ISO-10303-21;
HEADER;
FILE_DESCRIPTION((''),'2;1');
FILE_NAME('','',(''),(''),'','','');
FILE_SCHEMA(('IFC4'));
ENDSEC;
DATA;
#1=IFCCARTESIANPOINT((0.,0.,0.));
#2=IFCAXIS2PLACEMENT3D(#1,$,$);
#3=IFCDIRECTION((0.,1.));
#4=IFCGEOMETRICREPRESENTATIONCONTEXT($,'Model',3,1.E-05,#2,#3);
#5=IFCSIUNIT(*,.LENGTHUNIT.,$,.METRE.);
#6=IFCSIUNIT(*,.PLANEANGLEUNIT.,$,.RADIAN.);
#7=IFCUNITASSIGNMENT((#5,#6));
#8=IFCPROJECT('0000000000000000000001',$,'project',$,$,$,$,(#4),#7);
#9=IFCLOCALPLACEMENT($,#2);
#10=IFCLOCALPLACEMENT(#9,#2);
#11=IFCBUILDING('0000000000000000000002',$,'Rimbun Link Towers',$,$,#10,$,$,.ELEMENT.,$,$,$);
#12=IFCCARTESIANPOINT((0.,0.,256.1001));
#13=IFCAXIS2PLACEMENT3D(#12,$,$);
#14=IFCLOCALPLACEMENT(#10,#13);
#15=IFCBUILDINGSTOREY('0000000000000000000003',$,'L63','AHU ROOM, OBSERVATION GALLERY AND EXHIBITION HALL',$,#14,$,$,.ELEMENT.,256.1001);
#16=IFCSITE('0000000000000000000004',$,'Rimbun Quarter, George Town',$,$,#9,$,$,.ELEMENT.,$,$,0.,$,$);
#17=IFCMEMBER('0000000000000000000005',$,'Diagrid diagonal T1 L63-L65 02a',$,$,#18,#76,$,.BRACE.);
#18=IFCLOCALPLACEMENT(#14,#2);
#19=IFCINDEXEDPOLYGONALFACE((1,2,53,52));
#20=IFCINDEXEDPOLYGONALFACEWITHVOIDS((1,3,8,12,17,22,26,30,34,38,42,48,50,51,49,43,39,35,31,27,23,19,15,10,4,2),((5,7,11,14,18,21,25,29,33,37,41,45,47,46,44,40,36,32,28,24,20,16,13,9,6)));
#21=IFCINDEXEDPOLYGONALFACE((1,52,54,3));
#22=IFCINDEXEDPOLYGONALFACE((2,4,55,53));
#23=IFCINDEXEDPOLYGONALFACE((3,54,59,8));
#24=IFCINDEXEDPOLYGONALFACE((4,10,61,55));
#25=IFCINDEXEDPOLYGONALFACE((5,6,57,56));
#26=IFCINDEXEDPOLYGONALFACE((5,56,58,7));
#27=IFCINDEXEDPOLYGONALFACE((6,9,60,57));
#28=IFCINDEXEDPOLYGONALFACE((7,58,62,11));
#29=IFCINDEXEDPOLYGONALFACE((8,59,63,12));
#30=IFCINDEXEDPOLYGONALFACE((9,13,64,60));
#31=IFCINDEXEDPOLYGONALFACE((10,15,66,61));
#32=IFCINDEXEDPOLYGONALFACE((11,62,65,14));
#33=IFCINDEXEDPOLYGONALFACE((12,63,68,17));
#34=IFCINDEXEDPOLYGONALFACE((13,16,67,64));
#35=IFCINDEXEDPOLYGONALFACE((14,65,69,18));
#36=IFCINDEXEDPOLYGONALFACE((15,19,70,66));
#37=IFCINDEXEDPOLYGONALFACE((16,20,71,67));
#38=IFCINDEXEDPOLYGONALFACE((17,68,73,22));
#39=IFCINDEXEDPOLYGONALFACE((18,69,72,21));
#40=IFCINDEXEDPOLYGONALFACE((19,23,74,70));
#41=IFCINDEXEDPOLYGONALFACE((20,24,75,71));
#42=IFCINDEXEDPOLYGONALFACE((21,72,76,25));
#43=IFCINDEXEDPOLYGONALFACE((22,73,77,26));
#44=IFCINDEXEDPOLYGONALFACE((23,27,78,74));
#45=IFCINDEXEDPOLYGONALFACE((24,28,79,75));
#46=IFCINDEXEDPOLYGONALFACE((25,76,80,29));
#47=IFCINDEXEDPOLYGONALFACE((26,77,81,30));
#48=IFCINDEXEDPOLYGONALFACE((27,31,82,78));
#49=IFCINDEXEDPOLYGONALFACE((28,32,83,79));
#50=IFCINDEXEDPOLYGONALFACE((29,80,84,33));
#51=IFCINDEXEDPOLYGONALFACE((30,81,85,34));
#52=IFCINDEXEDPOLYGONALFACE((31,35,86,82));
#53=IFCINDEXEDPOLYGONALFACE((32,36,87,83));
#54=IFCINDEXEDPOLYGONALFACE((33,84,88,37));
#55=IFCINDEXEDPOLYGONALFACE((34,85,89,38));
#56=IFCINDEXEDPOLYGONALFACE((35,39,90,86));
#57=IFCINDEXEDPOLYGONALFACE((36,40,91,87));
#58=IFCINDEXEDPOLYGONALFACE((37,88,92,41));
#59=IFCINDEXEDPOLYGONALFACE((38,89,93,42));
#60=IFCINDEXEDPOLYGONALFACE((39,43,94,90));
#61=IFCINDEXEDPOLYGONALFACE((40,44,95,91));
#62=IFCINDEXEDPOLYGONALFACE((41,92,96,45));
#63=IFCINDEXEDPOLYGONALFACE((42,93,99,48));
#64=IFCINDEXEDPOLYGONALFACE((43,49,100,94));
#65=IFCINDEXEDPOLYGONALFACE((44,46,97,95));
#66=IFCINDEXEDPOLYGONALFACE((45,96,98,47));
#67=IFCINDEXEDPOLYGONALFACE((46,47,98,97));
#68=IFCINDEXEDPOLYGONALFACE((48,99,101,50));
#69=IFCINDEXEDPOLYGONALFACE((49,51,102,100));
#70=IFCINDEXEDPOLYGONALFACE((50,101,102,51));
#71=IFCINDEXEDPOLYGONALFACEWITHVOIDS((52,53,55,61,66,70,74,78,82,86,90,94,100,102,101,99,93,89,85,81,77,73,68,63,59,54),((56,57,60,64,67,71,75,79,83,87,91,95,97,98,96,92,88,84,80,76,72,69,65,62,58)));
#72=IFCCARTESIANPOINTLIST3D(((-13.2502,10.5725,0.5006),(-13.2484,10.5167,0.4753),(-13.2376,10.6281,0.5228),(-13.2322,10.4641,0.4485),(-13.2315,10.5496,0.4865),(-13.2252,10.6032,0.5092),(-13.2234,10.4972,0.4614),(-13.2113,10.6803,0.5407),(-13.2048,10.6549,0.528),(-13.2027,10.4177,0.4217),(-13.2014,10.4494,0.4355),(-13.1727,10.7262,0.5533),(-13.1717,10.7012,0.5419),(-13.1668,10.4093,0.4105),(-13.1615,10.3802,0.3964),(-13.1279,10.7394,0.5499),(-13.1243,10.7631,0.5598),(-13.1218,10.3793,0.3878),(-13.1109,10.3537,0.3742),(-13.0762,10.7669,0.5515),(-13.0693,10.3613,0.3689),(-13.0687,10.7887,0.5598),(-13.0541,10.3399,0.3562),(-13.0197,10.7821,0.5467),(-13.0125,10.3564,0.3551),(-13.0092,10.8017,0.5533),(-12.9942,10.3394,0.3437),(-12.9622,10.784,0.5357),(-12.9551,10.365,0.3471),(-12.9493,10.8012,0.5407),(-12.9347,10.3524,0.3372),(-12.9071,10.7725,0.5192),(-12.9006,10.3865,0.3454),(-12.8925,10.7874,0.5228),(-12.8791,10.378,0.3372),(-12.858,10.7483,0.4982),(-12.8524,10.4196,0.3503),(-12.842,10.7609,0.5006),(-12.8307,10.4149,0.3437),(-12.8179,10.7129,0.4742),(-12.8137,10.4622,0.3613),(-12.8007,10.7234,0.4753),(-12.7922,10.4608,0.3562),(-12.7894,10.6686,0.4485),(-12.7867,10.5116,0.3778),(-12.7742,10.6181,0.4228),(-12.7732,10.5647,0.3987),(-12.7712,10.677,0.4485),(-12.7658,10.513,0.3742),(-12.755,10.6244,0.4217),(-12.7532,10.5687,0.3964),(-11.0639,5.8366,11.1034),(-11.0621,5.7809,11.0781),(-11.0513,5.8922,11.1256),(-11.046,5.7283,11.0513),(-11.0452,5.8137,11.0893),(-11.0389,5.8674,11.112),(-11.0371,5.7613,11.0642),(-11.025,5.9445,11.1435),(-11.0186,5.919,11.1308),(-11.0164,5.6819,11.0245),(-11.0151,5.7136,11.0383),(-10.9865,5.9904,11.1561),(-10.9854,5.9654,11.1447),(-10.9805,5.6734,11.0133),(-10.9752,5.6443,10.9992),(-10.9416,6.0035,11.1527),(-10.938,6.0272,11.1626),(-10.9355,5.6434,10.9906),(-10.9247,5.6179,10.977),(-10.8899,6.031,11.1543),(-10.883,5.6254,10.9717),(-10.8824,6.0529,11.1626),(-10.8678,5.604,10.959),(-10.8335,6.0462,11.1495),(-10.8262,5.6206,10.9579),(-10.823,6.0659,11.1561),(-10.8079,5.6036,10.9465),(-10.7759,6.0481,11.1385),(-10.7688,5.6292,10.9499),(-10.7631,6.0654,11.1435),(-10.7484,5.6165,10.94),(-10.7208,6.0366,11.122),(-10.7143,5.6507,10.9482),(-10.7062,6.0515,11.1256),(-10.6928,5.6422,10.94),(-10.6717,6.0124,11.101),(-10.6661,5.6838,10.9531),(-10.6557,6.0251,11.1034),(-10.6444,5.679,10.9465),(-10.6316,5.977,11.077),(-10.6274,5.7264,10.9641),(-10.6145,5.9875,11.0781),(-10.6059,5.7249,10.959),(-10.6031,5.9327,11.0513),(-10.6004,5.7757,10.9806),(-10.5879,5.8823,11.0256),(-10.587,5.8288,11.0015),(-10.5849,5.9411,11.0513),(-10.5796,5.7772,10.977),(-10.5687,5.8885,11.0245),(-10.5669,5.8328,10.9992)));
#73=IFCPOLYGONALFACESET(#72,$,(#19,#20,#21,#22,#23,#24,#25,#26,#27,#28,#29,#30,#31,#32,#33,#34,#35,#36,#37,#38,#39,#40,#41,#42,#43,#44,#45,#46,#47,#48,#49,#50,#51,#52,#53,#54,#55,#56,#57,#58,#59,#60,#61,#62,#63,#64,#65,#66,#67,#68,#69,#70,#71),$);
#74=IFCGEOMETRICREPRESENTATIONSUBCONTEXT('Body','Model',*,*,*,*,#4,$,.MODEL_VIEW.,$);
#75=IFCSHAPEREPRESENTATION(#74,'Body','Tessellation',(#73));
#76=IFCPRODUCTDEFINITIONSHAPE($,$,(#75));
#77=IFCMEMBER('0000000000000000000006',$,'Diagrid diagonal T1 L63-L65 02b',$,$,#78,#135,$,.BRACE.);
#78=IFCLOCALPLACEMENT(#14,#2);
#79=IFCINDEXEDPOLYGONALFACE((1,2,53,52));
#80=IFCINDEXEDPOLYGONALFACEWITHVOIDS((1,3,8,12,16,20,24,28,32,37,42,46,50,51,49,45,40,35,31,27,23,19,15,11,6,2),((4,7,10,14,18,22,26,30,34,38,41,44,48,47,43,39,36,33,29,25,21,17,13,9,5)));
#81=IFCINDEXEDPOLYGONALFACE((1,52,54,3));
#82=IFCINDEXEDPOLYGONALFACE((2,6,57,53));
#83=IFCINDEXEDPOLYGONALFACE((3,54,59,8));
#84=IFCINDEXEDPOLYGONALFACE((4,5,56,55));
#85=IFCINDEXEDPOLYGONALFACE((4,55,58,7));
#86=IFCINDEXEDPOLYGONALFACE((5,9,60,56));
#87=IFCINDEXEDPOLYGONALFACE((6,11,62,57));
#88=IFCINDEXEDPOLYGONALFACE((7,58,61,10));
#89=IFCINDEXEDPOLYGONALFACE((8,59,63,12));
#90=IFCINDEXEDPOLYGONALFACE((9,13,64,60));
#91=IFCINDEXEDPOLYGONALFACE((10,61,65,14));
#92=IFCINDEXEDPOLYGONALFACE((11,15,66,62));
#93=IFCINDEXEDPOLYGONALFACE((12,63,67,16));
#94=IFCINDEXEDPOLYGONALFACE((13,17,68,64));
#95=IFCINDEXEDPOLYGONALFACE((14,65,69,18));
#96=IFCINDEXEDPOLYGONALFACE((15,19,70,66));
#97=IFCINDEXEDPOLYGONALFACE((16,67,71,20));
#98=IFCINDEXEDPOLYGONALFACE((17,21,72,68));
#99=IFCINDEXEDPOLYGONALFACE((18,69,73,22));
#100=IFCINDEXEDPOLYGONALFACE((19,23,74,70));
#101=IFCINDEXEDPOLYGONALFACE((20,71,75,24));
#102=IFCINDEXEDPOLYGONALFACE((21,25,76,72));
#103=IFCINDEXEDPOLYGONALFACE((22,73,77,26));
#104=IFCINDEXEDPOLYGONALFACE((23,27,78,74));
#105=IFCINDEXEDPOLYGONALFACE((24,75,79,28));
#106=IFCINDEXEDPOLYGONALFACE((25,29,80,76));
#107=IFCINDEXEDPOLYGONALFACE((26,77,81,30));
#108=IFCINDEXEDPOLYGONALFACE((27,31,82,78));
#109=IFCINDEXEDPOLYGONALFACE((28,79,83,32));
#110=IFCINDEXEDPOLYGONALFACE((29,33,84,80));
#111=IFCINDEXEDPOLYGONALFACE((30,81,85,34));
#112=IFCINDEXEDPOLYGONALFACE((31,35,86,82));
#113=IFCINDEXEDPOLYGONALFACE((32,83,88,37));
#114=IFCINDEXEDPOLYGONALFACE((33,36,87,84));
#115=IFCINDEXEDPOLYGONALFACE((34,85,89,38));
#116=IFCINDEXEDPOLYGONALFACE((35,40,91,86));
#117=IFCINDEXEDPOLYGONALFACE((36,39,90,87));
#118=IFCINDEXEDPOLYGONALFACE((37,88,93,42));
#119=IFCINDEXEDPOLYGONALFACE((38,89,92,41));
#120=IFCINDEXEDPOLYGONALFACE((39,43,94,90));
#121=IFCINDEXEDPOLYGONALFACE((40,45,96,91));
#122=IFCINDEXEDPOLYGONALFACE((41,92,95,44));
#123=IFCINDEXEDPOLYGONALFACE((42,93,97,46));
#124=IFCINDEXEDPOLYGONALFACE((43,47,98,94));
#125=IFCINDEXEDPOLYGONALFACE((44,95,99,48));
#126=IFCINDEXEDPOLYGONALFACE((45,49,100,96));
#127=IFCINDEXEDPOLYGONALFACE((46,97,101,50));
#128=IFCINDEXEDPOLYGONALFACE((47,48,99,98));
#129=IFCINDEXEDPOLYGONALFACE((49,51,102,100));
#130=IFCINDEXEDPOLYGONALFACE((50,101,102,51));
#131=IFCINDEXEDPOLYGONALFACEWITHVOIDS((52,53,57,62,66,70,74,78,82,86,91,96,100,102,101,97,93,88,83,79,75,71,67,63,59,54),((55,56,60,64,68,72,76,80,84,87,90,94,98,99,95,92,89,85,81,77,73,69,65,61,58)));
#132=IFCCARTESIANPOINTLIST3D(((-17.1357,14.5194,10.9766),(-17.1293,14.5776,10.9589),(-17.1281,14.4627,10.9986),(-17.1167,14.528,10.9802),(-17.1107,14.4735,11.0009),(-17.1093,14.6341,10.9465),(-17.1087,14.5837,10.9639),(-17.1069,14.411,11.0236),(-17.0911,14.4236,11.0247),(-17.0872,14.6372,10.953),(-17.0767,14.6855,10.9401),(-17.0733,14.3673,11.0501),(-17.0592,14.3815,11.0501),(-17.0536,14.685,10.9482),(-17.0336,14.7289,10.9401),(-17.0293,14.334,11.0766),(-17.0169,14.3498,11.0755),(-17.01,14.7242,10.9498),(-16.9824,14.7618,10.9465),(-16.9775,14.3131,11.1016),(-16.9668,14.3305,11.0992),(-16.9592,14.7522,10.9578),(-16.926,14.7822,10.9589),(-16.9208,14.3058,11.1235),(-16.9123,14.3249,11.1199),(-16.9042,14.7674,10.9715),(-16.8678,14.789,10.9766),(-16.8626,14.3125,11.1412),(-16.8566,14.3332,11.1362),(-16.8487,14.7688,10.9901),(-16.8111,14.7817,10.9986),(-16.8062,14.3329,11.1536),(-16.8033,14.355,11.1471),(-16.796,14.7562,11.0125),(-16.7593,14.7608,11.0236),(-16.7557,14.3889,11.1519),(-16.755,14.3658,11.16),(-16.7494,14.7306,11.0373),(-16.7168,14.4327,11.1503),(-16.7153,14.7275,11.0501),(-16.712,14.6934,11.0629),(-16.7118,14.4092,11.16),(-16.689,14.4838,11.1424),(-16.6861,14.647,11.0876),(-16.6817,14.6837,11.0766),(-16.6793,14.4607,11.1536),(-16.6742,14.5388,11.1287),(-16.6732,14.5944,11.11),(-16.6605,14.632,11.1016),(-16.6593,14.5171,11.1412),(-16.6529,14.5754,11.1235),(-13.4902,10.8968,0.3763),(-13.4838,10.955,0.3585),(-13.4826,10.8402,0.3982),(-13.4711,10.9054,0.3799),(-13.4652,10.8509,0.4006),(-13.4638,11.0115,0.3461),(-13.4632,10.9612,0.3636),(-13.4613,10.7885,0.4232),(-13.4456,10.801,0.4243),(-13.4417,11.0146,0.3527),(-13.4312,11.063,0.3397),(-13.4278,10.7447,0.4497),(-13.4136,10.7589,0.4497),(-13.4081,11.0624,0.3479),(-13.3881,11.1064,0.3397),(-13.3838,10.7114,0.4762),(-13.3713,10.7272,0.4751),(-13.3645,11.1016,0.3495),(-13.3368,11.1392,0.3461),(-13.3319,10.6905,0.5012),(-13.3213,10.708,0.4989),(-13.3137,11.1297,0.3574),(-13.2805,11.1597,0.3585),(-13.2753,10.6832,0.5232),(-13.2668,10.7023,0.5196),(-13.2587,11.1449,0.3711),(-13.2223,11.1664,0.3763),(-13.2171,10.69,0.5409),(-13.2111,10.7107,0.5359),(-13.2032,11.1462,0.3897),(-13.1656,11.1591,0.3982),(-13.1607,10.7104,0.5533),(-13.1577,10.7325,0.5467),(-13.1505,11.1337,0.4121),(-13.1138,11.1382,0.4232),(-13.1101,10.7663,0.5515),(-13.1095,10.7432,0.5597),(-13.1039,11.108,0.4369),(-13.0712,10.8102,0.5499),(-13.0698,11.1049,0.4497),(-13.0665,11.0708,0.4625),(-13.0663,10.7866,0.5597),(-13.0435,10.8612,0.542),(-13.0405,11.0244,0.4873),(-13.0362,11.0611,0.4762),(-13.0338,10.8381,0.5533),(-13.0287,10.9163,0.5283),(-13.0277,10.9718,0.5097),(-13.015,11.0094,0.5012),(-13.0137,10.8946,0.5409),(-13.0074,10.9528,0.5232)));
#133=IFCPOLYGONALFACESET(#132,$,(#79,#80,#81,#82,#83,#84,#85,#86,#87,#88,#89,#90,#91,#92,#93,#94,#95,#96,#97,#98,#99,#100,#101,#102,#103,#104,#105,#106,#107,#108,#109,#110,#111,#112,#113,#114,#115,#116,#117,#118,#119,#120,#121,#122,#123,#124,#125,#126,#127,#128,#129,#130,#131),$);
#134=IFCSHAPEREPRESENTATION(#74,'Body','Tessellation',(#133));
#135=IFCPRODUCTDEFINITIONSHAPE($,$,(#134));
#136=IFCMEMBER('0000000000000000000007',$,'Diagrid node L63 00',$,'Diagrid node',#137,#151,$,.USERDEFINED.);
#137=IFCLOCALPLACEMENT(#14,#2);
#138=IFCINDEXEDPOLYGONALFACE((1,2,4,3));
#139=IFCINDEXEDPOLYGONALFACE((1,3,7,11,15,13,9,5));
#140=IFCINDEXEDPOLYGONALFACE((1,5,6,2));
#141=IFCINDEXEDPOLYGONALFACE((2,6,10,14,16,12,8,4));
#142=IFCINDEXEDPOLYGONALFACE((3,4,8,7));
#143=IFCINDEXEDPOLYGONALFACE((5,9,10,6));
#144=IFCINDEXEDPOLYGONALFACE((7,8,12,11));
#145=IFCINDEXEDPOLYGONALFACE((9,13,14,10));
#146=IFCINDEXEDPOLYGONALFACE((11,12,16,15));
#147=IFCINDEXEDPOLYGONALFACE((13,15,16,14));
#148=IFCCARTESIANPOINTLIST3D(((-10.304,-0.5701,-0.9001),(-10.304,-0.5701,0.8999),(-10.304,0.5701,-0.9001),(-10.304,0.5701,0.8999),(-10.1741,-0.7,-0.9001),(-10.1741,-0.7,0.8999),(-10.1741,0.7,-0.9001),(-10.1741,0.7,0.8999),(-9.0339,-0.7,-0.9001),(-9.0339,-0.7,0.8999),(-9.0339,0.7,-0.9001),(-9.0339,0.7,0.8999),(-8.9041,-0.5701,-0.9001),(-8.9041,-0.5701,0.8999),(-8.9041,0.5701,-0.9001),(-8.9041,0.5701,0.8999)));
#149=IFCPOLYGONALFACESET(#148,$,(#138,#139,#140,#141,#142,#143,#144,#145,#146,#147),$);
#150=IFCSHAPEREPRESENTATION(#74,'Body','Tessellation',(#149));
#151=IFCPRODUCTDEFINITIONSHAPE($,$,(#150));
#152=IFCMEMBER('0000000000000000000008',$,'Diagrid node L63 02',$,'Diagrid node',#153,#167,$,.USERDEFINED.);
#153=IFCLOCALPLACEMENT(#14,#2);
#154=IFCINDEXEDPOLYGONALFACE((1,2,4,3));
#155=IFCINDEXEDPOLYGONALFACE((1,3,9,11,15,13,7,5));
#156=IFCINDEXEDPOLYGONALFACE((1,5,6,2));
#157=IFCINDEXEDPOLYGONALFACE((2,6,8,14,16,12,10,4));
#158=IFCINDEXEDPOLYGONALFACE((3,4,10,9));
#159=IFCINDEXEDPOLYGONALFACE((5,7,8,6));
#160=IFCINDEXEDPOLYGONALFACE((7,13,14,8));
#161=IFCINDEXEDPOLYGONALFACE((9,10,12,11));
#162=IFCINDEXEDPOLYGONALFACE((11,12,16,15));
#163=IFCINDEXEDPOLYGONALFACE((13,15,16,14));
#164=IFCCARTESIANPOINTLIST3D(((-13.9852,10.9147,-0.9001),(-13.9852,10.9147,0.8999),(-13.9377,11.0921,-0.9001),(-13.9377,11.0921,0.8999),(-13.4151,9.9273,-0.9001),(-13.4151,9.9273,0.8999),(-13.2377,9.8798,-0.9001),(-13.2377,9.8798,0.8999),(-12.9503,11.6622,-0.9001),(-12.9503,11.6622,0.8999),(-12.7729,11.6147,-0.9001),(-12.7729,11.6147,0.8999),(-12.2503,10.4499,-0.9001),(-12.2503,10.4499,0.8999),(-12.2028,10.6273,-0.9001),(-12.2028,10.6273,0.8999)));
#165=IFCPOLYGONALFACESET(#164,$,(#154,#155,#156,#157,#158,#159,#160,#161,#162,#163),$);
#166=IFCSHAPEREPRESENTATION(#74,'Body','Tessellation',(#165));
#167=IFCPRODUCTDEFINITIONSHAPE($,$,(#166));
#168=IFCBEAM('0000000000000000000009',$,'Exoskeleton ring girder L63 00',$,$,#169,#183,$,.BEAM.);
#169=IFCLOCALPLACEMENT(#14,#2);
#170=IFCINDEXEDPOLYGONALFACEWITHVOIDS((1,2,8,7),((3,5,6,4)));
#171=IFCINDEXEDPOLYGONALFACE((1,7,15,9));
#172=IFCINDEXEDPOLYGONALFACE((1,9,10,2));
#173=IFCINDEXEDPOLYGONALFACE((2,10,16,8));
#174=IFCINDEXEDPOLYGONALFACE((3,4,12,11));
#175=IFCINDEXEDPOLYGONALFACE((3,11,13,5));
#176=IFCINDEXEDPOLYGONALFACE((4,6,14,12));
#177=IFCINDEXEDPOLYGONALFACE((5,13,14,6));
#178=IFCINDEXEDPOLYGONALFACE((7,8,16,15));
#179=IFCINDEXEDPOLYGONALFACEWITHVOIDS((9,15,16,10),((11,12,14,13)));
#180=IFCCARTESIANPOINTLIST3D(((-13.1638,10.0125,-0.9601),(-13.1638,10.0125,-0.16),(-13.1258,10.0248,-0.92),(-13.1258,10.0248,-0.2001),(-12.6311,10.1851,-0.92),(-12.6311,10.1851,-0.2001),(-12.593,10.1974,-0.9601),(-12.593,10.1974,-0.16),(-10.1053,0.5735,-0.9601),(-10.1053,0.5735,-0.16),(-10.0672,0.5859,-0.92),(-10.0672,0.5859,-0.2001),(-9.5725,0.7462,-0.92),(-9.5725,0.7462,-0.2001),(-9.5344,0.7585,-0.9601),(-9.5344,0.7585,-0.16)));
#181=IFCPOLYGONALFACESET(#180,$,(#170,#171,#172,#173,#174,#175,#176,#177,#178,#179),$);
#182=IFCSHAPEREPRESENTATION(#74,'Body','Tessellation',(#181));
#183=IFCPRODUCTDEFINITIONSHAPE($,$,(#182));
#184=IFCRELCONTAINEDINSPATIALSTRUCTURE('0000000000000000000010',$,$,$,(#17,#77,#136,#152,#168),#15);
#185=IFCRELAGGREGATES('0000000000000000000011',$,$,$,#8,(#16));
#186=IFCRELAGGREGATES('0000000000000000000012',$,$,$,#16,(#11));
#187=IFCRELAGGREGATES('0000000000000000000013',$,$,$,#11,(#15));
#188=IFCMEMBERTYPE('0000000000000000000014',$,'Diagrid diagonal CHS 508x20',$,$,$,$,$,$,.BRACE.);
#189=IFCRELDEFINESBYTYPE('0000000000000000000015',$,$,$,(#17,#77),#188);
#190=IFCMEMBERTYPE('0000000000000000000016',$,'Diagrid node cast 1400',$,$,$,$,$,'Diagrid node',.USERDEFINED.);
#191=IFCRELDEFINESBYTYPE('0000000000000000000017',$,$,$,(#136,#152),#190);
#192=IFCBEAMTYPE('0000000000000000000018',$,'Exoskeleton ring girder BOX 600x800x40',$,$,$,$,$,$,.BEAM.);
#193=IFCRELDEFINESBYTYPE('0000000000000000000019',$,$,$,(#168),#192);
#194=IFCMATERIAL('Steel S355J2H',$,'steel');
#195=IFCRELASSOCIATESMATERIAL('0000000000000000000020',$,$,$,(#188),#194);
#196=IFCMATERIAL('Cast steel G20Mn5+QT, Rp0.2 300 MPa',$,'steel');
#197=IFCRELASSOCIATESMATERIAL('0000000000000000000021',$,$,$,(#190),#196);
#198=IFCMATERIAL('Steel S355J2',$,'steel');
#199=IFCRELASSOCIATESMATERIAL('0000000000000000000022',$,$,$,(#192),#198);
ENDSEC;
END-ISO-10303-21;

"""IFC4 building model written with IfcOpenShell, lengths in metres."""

from ifc_helpers import new_model, si_unit, direction, frame, origin, origin_2d, place, context, subcontext, project, spatial, polyline, hollow_rectangle, hollow_circle, outline, extrude, material, material_profile, profile_set, type_object, element, save


model = new_model("IFC4")

# Units and contexts
model_context = context("Model", 3, precision=1e-05, world=origin(), true_north=direction((0.0, 1.0)))
body_context = subcontext(model_context, "Body", "Model", "MODEL_VIEW")
ifc_project = project(units=[si_unit("LENGTHUNIT", "METRE"), si_unit("PLANEANGLEUNIT", "RADIAN")], contexts=[model_context])

# Site, building, storey
site_placement = place(None, origin())
site = spatial("IfcSite", under=ifc_project, at=site_placement, Name="Rimbun Quarter, George Town", CompositionType="ELEMENT", RefElevation=0.0)
building_placement = place(site_placement, origin())
building = spatial("IfcBuilding", under=site, at=building_placement, Name="Rimbun Link Towers", CompositionType="ELEMENT")
storey_placement = place(building_placement, frame((0.0, 0.0, 256.1001)))
storey = spatial("IfcBuildingStorey", under=building, at=storey_placement, Name="L63", Description="AHU ROOM, OBSERVATION GALLERY AND EXHIBITION HALL", CompositionType="ELEMENT", Elevation=256.1001)

# Members
ifc_material_1 = material(Name="Steel S355J2H", Category="steel")
ifc_material_profile_1 = material_profile(ifc_material_1, hollow_circle(Radius=0.2539, WallThickness=0.02, at=origin_2d()), Name="Diagrid diagonal CHS 508x20")
ifc_profile_set_1 = profile_set([ifc_material_profile_1], Name="Steel S355J2H")
member_type_1 = type_object("IfcMemberType", Name="Diagrid diagonal CHS 508x20", PredefinedType="BRACE", material=ifc_profile_set_1)
member_1_placement = place(storey_placement, frame((-13.0017, 10.5706, 0.4485), z_axis=(0.185021, -0.400786, 0.897295), x_axis=(0.907922, 0.419138, 0.0)))
element("IfcMember", 1, at=member_1_placement, inside=storey, type_object=member_type_1, Name="Diagrid diagonal T1 L63-L65 02a", PredefinedType="BRACE", context=body_context, shape_type="SweptSolid", body=[
    extrude(hollow_circle(Radius=0.2539, WallThickness=0.02, at=origin_2d()), origin(), (0.0, 0.0, 1.0), 11.8164),
])
member_2_placement = place(storey_placement, frame((-13.2488, 10.9248, 0.4497), z_axis=(-0.309453, 0.307505, 0.899822), x_axis=(-0.704871, -0.709336, 0.0)))
element("IfcMember", 2, at=member_2_placement, inside=storey, type_object=member_type_1, Name="Diagrid diagonal T1 L63-L65 02b", PredefinedType="BRACE", context=body_context, shape_type="SweptSolid", body=[
    extrude(hollow_circle(Radius=0.2539, WallThickness=0.02, at=origin_2d()), origin(), (0.0, 0.0, 1.0), 11.7805),
])
ifc_material_2 = material(Name="Cast steel G20Mn5+QT, Rp0.2 300 MPa", Category="steel")
ifc_material_profile_2 = material_profile(ifc_material_2, outline(polyline([(0.7, -0.5701), (0.7, 0.5701), (0.5701, 0.7), (-0.5701, 0.7), (-0.7, 0.5701), (-0.7, -0.5701), (-0.5701, -0.7), (0.5701, -0.7), (0.7, -0.5701)])), Name="NODE 1400x1400")
ifc_profile_set_2 = profile_set([ifc_material_profile_2], Name="Cast steel G20Mn5+QT, Rp0.2 300 MPa")
member_type_2 = type_object("IfcMemberType", Name="Diagrid node cast 1400", ElementType="Diagrid node", PredefinedType="USERDEFINED", material=ifc_profile_set_2)
for number, where, z_axis, x_axis, name in (
    (3, (-9.604, 0.0, -0.9001), (0.0, 0.0, 1.0), (1.0, 0.0, 0.0), "Diagrid node L63 00"),
    (4, (-13.094, 10.771, -0.9001), (0.0, 0.0, 1.0), (0.866025, 0.5, 0.0), "Diagrid node L63 02"),
):
    element("IfcMember", number, at=place(storey_placement, frame(where, z_axis=z_axis, x_axis=x_axis)), inside=storey, type_object=member_type_2, Name=name, ObjectType="Diagrid node", PredefinedType="USERDEFINED", context=body_context, shape_type="SweptSolid", body=[
        extrude(outline(polyline([(0.7, -0.5701), (0.7, 0.5701), (0.5701, 0.7), (-0.5701, 0.7), (-0.7, 0.5701), (-0.7, -0.5701), (-0.5701, -0.7), (0.5701, -0.7), (0.7, -0.5701)])), origin(), (0.0, 0.0, 1.0), 1.8),
    ])

# Beam
ifc_material_3 = material(Name="Steel S355J2", Category="steel")
ifc_material_profile_3 = material_profile(ifc_material_3, hollow_rectangle(XDim=0.6001, YDim=0.8, WallThickness=0.04, at=origin_2d()), Name="Exoskeleton ring girder BOX 600x800x40")
ifc_profile_set_3 = profile_set([ifc_material_profile_3], Name="Steel S355J2")
beam_type_1 = type_object("IfcBeamType", Name="Exoskeleton ring girder BOX 600x800x40", PredefinedType="BEAM", material=ifc_profile_set_3)
beam_1_placement = place(storey_placement, frame((-9.8198, 0.666, -0.5601), z_axis=(-0.308259, 0.951302, 0.0), x_axis=(-0.951302, -0.308259, 0.0)))
element("IfcBeam", 5, at=beam_1_placement, inside=storey, type_object=beam_type_1, Name="Exoskeleton ring girder L63 00", PredefinedType="BEAM", context=body_context, shape_type="SweptSolid", body=[
    extrude(hollow_rectangle(XDim=0.6001, YDim=0.8, WallThickness=0.04, at=origin_2d()), origin(), (0.0, 0.0, 1.0), 9.9221),
])

save(model, "model.ifc")
